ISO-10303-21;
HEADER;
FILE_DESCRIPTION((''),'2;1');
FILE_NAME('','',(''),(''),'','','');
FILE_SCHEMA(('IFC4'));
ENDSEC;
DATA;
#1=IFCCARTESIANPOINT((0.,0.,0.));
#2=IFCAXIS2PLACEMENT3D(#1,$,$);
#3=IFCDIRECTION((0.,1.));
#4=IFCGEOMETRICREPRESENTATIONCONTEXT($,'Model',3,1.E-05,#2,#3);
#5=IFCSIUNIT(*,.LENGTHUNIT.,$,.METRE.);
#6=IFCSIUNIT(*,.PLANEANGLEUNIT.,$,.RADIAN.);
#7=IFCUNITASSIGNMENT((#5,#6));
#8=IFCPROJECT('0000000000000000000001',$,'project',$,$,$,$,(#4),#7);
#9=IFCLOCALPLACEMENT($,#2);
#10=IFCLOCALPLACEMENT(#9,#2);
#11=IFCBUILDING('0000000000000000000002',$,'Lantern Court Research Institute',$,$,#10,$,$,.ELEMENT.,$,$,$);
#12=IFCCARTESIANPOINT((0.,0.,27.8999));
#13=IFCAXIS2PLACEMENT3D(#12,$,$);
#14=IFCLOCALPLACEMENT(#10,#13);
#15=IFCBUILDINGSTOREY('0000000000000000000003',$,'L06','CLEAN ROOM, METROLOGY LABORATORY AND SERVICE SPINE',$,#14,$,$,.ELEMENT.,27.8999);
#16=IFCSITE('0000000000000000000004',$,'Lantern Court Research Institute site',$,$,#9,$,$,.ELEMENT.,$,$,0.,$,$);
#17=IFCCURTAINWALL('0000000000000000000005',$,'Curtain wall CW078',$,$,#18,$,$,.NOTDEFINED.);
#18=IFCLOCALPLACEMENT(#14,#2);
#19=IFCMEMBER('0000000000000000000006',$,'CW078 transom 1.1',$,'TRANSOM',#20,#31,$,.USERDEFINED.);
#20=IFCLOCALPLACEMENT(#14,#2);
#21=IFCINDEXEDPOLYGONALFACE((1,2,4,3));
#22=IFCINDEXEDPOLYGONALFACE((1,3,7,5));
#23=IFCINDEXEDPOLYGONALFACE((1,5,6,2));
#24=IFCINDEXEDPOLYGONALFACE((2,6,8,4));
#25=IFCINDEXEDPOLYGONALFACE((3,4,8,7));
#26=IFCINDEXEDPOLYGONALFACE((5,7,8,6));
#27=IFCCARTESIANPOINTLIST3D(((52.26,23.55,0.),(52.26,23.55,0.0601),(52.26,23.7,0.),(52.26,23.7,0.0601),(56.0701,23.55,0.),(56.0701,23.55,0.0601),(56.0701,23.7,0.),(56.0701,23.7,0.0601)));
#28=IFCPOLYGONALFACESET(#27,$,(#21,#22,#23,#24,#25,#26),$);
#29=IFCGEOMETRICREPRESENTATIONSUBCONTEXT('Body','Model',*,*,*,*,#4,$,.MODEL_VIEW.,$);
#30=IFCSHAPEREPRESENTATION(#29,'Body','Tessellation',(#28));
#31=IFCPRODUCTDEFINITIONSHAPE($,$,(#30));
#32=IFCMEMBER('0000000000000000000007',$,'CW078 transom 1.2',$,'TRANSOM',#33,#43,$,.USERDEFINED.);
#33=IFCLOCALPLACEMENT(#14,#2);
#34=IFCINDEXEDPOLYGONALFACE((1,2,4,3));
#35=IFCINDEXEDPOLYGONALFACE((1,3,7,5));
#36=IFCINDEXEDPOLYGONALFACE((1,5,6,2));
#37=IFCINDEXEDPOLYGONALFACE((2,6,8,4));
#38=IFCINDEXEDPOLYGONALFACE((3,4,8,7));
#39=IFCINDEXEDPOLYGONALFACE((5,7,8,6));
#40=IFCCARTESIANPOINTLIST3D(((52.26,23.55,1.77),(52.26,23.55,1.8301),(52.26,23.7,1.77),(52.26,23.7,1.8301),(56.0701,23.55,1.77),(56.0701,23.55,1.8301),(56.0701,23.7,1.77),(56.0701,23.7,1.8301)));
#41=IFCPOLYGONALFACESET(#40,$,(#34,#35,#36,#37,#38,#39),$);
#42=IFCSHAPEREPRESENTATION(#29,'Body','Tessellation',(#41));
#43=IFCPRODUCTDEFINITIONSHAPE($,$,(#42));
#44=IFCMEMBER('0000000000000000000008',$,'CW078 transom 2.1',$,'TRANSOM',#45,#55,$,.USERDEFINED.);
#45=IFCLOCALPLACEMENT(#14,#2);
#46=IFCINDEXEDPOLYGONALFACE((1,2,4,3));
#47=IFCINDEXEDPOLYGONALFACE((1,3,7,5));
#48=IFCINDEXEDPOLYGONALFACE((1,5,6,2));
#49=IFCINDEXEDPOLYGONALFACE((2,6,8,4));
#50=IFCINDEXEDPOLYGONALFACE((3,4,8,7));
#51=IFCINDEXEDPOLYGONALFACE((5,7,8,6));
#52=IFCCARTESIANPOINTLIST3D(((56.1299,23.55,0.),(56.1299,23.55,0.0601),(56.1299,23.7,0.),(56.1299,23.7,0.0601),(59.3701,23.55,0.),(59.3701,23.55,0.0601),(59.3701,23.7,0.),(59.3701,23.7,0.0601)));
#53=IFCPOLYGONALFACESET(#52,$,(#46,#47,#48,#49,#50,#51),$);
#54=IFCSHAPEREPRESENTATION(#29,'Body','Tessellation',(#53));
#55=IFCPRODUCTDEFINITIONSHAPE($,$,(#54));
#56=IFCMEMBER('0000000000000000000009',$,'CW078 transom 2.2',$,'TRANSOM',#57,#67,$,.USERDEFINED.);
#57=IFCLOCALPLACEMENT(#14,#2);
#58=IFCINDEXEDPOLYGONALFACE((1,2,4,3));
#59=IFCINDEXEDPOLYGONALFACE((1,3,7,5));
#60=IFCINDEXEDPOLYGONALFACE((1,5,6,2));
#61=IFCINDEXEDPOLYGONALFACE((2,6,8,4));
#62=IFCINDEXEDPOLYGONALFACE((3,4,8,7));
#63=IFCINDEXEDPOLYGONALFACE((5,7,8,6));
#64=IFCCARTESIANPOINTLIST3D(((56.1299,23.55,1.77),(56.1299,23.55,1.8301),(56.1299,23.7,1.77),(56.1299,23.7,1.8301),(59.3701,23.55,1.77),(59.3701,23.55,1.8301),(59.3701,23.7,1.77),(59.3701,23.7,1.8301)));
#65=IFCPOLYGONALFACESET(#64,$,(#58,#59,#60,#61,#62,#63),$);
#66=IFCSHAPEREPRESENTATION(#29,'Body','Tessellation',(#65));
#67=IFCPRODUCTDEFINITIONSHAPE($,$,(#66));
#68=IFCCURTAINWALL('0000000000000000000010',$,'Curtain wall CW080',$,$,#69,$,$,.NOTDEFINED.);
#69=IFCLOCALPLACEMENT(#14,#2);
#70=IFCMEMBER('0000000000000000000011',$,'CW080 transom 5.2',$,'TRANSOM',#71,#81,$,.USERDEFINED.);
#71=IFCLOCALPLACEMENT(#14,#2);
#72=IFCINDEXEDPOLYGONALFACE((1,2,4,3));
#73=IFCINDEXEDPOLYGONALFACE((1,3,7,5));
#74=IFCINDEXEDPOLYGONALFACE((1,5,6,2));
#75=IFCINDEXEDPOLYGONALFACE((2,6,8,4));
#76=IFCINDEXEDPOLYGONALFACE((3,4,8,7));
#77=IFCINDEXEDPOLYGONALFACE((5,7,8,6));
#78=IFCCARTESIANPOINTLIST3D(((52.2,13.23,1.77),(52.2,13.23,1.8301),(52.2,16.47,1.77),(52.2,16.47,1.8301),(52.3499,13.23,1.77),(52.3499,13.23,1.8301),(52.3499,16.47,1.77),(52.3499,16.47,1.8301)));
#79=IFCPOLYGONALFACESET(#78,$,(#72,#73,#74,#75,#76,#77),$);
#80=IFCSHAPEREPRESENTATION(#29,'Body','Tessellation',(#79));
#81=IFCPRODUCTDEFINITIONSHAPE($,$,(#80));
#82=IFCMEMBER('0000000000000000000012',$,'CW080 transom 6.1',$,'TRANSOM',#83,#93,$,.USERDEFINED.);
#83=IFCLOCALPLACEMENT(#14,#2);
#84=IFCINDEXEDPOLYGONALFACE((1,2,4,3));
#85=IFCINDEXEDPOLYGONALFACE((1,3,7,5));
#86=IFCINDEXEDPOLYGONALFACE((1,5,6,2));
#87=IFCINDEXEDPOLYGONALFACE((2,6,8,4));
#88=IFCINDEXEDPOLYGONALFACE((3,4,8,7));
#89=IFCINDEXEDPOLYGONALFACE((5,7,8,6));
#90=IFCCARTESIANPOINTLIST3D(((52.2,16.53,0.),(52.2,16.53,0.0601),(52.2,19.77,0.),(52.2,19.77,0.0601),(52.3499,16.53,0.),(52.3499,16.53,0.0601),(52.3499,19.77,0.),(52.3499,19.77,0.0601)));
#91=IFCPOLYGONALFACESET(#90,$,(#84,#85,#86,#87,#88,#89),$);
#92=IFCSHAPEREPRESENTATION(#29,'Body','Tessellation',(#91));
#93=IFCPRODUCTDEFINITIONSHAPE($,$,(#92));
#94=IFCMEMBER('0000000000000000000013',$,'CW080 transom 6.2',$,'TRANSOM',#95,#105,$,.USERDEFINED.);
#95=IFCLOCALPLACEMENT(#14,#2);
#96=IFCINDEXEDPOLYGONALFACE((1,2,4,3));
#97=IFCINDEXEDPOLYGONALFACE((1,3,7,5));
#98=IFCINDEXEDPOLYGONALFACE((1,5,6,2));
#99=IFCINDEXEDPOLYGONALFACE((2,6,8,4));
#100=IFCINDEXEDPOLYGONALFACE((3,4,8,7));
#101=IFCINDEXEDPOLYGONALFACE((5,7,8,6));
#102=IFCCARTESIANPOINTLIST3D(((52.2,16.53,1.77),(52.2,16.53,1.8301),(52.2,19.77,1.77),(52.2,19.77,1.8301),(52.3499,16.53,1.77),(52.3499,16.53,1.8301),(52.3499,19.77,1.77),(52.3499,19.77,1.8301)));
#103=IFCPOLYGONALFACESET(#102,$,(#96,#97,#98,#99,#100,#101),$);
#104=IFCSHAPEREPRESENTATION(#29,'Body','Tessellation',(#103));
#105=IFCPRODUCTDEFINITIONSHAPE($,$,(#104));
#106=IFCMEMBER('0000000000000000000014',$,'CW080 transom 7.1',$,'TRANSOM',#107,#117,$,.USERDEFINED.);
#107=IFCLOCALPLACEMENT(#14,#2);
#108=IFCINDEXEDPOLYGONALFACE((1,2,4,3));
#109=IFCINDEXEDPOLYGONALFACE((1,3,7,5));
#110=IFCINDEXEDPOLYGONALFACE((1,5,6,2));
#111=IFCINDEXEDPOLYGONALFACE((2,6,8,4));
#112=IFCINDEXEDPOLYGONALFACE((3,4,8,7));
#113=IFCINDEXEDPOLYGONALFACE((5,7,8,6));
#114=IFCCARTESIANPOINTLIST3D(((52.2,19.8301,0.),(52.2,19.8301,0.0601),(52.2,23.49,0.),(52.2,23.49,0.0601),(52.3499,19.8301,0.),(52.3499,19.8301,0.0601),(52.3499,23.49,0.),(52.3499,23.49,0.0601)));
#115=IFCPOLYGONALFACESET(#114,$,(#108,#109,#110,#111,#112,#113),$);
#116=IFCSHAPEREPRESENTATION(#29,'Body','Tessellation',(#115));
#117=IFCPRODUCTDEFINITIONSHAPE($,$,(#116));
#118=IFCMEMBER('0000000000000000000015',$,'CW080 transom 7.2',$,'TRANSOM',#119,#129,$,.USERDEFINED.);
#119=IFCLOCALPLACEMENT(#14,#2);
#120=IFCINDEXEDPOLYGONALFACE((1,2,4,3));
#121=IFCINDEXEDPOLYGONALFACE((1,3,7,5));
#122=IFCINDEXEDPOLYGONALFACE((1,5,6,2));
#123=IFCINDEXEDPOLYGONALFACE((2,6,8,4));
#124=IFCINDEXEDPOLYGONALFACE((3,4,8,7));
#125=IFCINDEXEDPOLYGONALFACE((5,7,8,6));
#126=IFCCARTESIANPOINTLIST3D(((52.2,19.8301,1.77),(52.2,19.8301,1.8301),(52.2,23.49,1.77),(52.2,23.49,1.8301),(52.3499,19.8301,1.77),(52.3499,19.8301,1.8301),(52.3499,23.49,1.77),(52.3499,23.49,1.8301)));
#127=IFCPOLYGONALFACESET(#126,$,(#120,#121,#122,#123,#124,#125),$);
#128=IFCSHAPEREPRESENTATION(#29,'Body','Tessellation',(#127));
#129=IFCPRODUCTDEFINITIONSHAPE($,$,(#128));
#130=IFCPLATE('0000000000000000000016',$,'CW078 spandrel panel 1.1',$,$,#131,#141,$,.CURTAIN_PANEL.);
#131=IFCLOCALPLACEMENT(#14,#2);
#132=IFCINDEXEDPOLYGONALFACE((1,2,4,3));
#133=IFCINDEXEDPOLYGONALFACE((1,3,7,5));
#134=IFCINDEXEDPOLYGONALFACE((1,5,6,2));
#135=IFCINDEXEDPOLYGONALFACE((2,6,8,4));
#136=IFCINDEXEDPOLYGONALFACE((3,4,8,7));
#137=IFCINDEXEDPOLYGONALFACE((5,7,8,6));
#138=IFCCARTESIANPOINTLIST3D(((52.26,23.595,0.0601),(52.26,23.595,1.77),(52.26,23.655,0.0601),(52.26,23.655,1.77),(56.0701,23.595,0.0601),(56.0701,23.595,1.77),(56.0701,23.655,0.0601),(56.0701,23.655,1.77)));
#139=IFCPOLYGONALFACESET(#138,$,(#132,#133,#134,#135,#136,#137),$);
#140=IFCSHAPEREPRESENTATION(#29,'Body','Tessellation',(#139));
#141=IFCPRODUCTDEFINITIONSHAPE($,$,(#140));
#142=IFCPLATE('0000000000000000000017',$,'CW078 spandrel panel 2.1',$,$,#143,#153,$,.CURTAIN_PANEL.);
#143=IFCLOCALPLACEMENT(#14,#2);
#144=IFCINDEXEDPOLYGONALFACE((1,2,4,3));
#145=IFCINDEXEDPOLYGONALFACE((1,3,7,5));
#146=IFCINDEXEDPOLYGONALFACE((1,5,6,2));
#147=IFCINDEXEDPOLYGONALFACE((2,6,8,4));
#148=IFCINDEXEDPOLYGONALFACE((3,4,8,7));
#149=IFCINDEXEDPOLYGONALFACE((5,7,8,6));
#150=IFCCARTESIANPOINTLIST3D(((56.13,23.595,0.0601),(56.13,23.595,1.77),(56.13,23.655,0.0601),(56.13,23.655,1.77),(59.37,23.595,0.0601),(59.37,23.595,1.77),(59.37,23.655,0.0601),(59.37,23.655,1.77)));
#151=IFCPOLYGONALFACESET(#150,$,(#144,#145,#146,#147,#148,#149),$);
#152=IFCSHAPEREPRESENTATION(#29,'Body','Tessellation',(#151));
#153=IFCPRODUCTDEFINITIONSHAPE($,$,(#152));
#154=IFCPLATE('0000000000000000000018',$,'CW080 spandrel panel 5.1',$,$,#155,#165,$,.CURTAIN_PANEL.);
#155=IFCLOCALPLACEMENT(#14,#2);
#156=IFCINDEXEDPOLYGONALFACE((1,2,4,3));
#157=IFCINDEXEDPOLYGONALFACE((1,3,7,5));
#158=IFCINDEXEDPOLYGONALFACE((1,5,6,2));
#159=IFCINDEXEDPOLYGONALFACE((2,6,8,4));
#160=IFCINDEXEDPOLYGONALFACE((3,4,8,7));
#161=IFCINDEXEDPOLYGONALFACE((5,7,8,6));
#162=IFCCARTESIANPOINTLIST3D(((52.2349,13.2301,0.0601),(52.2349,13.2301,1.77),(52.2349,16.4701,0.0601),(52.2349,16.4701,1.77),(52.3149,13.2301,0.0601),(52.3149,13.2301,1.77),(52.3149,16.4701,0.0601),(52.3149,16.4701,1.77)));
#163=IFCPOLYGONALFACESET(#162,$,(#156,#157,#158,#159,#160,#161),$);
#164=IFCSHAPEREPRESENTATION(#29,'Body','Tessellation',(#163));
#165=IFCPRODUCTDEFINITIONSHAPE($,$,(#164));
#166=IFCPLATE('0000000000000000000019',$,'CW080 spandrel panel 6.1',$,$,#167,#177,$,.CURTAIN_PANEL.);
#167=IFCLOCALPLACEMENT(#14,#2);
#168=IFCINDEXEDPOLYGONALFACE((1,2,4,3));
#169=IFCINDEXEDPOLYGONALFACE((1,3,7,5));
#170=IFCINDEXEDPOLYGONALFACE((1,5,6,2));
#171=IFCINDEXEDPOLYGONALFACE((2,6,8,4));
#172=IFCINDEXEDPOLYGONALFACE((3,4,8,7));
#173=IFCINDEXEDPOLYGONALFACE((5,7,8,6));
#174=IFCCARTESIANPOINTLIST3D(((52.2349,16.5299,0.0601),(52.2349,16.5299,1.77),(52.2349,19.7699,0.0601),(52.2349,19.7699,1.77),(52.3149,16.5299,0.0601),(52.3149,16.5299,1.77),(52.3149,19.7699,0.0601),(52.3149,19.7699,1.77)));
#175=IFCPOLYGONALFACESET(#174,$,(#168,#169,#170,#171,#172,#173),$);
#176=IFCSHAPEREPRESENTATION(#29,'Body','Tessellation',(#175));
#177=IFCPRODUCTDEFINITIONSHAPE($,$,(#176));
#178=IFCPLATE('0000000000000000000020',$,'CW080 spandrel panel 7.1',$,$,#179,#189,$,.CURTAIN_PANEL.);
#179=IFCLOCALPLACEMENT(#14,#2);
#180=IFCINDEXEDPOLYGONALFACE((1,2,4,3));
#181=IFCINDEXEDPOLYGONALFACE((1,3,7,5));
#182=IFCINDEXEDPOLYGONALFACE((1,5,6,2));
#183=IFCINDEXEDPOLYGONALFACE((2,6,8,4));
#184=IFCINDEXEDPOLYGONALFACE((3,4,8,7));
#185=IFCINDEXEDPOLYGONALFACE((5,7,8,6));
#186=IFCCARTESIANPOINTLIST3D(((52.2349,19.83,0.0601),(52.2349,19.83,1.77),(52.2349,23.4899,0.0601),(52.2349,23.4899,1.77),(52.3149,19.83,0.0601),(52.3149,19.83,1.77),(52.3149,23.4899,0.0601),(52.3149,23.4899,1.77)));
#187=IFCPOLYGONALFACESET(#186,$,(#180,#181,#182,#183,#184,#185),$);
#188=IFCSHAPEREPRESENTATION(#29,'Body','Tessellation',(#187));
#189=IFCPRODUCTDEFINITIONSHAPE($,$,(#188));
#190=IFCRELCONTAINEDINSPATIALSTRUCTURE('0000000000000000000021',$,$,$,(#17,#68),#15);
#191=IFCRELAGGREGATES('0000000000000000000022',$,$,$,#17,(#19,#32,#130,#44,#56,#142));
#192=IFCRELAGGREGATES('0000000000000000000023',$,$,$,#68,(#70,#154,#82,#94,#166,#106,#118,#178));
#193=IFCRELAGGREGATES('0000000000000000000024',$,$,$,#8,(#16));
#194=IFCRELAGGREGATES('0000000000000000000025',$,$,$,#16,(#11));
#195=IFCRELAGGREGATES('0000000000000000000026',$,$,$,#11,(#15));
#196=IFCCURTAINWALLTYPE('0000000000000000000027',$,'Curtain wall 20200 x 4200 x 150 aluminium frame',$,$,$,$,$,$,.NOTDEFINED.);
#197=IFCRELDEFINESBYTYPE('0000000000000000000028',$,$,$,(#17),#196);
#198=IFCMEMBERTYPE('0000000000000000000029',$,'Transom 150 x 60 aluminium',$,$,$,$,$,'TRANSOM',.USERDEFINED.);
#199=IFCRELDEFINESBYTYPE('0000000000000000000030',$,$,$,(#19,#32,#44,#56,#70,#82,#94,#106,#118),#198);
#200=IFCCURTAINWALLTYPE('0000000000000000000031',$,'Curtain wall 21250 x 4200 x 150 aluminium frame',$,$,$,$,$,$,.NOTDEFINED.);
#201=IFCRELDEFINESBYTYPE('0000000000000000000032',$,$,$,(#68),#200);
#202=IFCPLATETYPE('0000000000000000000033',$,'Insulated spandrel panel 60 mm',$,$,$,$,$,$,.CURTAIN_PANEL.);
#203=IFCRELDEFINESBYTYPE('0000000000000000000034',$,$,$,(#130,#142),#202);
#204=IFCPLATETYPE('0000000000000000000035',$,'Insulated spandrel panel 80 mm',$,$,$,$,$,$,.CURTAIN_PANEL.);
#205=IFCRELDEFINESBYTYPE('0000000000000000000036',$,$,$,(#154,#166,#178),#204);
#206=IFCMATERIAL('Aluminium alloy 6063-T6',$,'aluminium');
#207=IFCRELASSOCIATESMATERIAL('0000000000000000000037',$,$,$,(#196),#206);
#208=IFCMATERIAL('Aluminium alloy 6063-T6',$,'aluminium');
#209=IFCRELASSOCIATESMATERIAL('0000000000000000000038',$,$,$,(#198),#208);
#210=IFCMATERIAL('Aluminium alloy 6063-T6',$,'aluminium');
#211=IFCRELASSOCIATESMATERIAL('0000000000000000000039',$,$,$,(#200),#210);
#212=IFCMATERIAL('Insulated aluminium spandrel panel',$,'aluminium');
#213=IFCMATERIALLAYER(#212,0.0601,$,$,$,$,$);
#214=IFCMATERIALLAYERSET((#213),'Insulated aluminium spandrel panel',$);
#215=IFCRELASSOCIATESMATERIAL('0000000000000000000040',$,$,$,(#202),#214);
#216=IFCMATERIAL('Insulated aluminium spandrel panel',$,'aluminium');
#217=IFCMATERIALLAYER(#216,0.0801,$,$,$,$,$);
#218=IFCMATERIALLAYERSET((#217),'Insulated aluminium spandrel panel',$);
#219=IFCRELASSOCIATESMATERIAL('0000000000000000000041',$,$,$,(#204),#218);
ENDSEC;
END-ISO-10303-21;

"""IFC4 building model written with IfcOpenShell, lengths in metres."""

from ifc_helpers import new_model, si_unit, direction, frame, origin, origin_2d, place, context, subcontext, project, spatial, rectangle, extrude, material, layer, layer_set, material_profile, profile_set, type_object, element, aggregate, save


model = new_model("IFC4")

# Units and contexts
model_context = context("Model", 3, precision=1e-05, world=origin(), true_north=direction((0.0, 1.0)))
body_context = subcontext(model_context, "Body", "Model", "MODEL_VIEW")
ifc_project = project(units=[si_unit("LENGTHUNIT", "METRE"), si_unit("PLANEANGLEUNIT", "RADIAN")], contexts=[model_context])

# Site, building, storey
site_placement = place(None, origin())
site = spatial("IfcSite", under=ifc_project, at=site_placement, Name="Lantern Court Research Institute site", CompositionType="ELEMENT", RefElevation=0.0)
building_placement = place(site_placement, origin())
building = spatial("IfcBuilding", under=site, at=building_placement, Name="Lantern Court Research Institute", CompositionType="ELEMENT")
storey_placement = place(building_placement, frame((0.0, 0.0, 27.8999)))
storey = spatial("IfcBuildingStorey", under=building, at=storey_placement, Name="L06", Description="CLEAN ROOM, METROLOGY LABORATORY AND SERVICE SPINE", CompositionType="ELEMENT", Elevation=27.8999)

# Curtain walls, members
ifc_material_1 = material(Name="Aluminium alloy 6063-T6", Category="aluminium")
curtain_wall_type_1 = type_object("IfcCurtainWallType", Name="Curtain wall 20200 x 4200 x 150 aluminium frame", PredefinedType="NOTDEFINED", material=ifc_material_1)
curtain_wall_1_placement = place(storey_placement, origin())
curtain_wall_1 = element("IfcCurtainWall", 1, at=curtain_wall_1_placement, inside=storey, type_object=curtain_wall_type_1, Name="Curtain wall CW078", PredefinedType="NOTDEFINED")
ifc_material_2 = material(Name="Aluminium alloy 6063-T6", Category="aluminium")
ifc_material_profile = material_profile(ifc_material_2, rectangle(XDim=0.1499, YDim=0.0601, at=origin_2d()), Name="Transom 150 x 60")
ifc_profile_set = profile_set([ifc_material_profile], Name="Aluminium alloy 6063-T6")
member_type = type_object("IfcMemberType", Name="Transom 150 x 60 aluminium", ElementType="TRANSOM", PredefinedType="USERDEFINED", material=ifc_profile_set)
member_1_placement = place(storey_placement, frame((52.26, 23.625, 0.03), z_axis=(1.0, 0.0, 0.0), x_axis=(0.0, 1.0, 0.0)))
member_1 = element("IfcMember", 2, at=member_1_placement, type_object=member_type, Name="CW078 transom 1.1", ObjectType="TRANSOM", PredefinedType="USERDEFINED", context=body_context, shape_type="SweptSolid", body=[
    extrude(rectangle(XDim=0.1499, YDim=0.0601, at=origin_2d()), origin(), (0.0, 0.0, 1.0), 3.8101),
])
member_2_placement = place(storey_placement, frame((52.26, 23.625, 1.8), z_axis=(1.0, 0.0, 0.0), x_axis=(0.0, 1.0, 0.0)))
member_2 = element("IfcMember", 3, at=member_2_placement, type_object=member_type, Name="CW078 transom 1.2", ObjectType="TRANSOM", PredefinedType="USERDEFINED", context=body_context, shape_type="SweptSolid", body=[
    extrude(rectangle(XDim=0.1499, YDim=0.0601, at=origin_2d()), origin(), (0.0, 0.0, 1.0), 3.8101),
])
member_3_placement = place(storey_placement, frame((56.1299, 23.625, 0.03), z_axis=(1.0, 0.0, 0.0), x_axis=(0.0, 1.0, 0.0)))
member_3 = element("IfcMember", 4, at=member_3_placement, type_object=member_type, Name="CW078 transom 2.1", ObjectType="TRANSOM", PredefinedType="USERDEFINED", context=body_context, shape_type="SweptSolid", body=[
    extrude(rectangle(XDim=0.1499, YDim=0.0601, at=origin_2d()), origin(), (0.0, 0.0, 1.0), 3.2402),
])
member_4_placement = place(storey_placement, frame((56.1299, 23.625, 1.8), z_axis=(1.0, 0.0, 0.0), x_axis=(0.0, 1.0, 0.0)))
member_4 = element("IfcMember", 5, at=member_4_placement, type_object=member_type, Name="CW078 transom 2.2", ObjectType="TRANSOM", PredefinedType="USERDEFINED", context=body_context, shape_type="SweptSolid", body=[
    extrude(rectangle(XDim=0.1499, YDim=0.0601, at=origin_2d()), origin(), (0.0, 0.0, 1.0), 3.2402),
])
ifc_material_3 = material(Name="Aluminium alloy 6063-T6", Category="aluminium")
curtain_wall_type_2 = type_object("IfcCurtainWallType", Name="Curtain wall 21250 x 4200 x 150 aluminium frame", PredefinedType="NOTDEFINED", material=ifc_material_3)
curtain_wall_2_placement = place(storey_placement, origin())
curtain_wall_2 = element("IfcCurtainWall", 6, at=curtain_wall_2_placement, inside=storey, type_object=curtain_wall_type_2, Name="Curtain wall CW080", PredefinedType="NOTDEFINED")
member_5_placement = place(storey_placement, frame((52.2749, 13.23, 1.8), z_axis=(0.0, 1.0, 0.0), x_axis=(-1.0, 0.0, 0.0)))
member_5 = element("IfcMember", 7, at=member_5_placement, type_object=member_type, Name="CW080 transom 5.2", ObjectType="TRANSOM", PredefinedType="USERDEFINED", context=body_context, shape_type="SweptSolid", body=[
    extrude(rectangle(XDim=0.1499, YDim=0.0601, at=origin_2d()), origin(), (0.0, 0.0, 1.0), 3.24),
])
member_6_placement = place(storey_placement, frame((52.2749, 16.53, 0.03), z_axis=(0.0, 1.0, 0.0), x_axis=(-1.0, 0.0, 0.0)))
member_6 = element("IfcMember", 8, at=member_6_placement, type_object=member_type, Name="CW080 transom 6.1", ObjectType="TRANSOM", PredefinedType="USERDEFINED", context=body_context, shape_type="SweptSolid", body=[
    extrude(rectangle(XDim=0.1499, YDim=0.0601, at=origin_2d()), origin(), (0.0, 0.0, 1.0), 3.24),
])
member_7_placement = place(storey_placement, frame((52.2749, 16.53, 1.8), z_axis=(0.0, 1.0, 0.0), x_axis=(-1.0, 0.0, 0.0)))
member_7 = element("IfcMember", 9, at=member_7_placement, type_object=member_type, Name="CW080 transom 6.2", ObjectType="TRANSOM", PredefinedType="USERDEFINED", context=body_context, shape_type="SweptSolid", body=[
    extrude(rectangle(XDim=0.1499, YDim=0.0601, at=origin_2d()), origin(), (0.0, 0.0, 1.0), 3.24),
])
member_8_placement = place(storey_placement, frame((52.2749, 19.8301, 0.03), z_axis=(0.0, 1.0, 0.0), x_axis=(-1.0, 0.0, 0.0)))
member_8 = element("IfcMember", 10, at=member_8_placement, type_object=member_type, Name="CW080 transom 7.1", ObjectType="TRANSOM", PredefinedType="USERDEFINED", context=body_context, shape_type="SweptSolid", body=[
    extrude(rectangle(XDim=0.1499, YDim=0.0601, at=origin_2d()), origin(), (0.0, 0.0, 1.0), 3.6599),
])
member_9_placement = place(storey_placement, frame((52.2749, 19.8301, 1.8), z_axis=(0.0, 1.0, 0.0), x_axis=(-1.0, 0.0, 0.0)))
member_9 = element("IfcMember", 11, at=member_9_placement, type_object=member_type, Name="CW080 transom 7.2", ObjectType="TRANSOM", PredefinedType="USERDEFINED", context=body_context, shape_type="SweptSolid", body=[
    extrude(rectangle(XDim=0.1499, YDim=0.0601, at=origin_2d()), origin(), (0.0, 0.0, 1.0), 3.6599),
])

# Plates
ifc_material_4 = material(Name="Insulated aluminium spandrel panel", Category="aluminium")
ifc_layer_1 = layer(ifc_material_4, 0.0601)
ifc_layer_set_1 = layer_set([ifc_layer_1], Name="Insulated aluminium spandrel panel")
plate_type_1 = type_object("IfcPlateType", Name="Insulated spandrel panel 60 mm", PredefinedType="CURTAIN_PANEL", material=ifc_layer_set_1)
plate_1_placement = place(storey_placement, frame((54.165, 23.625, 0.0601), z_axis=(0.0, 0.0, 1.0), x_axis=(1.0, 0.0, 0.0)))
plate_1 = element("IfcPlate", 12, at=plate_1_placement, type_object=plate_type_1, Name="CW078 spandrel panel 1.1", PredefinedType="CURTAIN_PANEL", context=body_context, shape_type="SweptSolid", body=[
    extrude(rectangle(XDim=3.8101, YDim=0.0601, at=origin_2d()), origin(), (0.0, 0.0, 1.0), 1.71),
])
plate_2_placement = place(storey_placement, frame((57.75, 23.625, 0.0601), z_axis=(0.0, 0.0, 1.0), x_axis=(1.0, 0.0, 0.0)))
plate_2 = element("IfcPlate", 13, at=plate_2_placement, type_object=plate_type_1, Name="CW078 spandrel panel 2.1", PredefinedType="CURTAIN_PANEL", context=body_context, shape_type="SweptSolid", body=[
    extrude(rectangle(XDim=3.24, YDim=0.0601, at=origin_2d()), origin(), (0.0, 0.0, 1.0), 1.71),
])
aggregate(curtain_wall_1, [member_1, member_2, plate_1, member_3, member_4, plate_2])
ifc_material_5 = material(Name="Insulated aluminium spandrel panel", Category="aluminium")
ifc_layer_2 = layer(ifc_material_5, 0.0801)
ifc_layer_set_2 = layer_set([ifc_layer_2], Name="Insulated aluminium spandrel panel")
plate_type_2 = type_object("IfcPlateType", Name="Insulated spandrel panel 80 mm", PredefinedType="CURTAIN_PANEL", material=ifc_layer_set_2)
plate_3_placement = place(storey_placement, frame((52.2749, 14.8501, 0.0601), z_axis=(0.0, 0.0, 1.0), x_axis=(0.0, 1.0, 0.0)))
plate_3 = element("IfcPlate", 14, at=plate_3_placement, type_object=plate_type_2, Name="CW080 spandrel panel 5.1", PredefinedType="CURTAIN_PANEL", context=body_context, shape_type="SweptSolid", body=[
    extrude(rectangle(XDim=3.24, YDim=0.0801, at=origin_2d()), origin(), (0.0, 0.0, 1.0), 1.71),
])
plate_4_placement = place(storey_placement, frame((52.2749, 18.1499, 0.0601), z_axis=(0.0, 0.0, 1.0), x_axis=(0.0, 1.0, 0.0)))
plate_4 = element("IfcPlate", 15, at=plate_4_placement, type_object=plate_type_2, Name="CW080 spandrel panel 6.1", PredefinedType="CURTAIN_PANEL", context=body_context, shape_type="SweptSolid", body=[
    extrude(rectangle(XDim=3.24, YDim=0.0801, at=origin_2d()), origin(), (0.0, 0.0, 1.0), 1.71),
])
plate_5_placement = place(storey_placement, frame((52.2749, 21.6599, 0.0601), z_axis=(0.0, 0.0, 1.0), x_axis=(0.0, 1.0, 0.0)))
plate_5 = element("IfcPlate", 16, at=plate_5_placement, type_object=plate_type_2, Name="CW080 spandrel panel 7.1", PredefinedType="CURTAIN_PANEL", context=body_context, shape_type="SweptSolid", body=[
    extrude(rectangle(XDim=3.6599, YDim=0.0801, at=origin_2d()), origin(), (0.0, 0.0, 1.0), 1.71),
])
aggregate(curtain_wall_2, [member_5, plate_3, member_6, member_7, plate_4, member_8, member_9, plate_5])

save(model, "model.ifc")
